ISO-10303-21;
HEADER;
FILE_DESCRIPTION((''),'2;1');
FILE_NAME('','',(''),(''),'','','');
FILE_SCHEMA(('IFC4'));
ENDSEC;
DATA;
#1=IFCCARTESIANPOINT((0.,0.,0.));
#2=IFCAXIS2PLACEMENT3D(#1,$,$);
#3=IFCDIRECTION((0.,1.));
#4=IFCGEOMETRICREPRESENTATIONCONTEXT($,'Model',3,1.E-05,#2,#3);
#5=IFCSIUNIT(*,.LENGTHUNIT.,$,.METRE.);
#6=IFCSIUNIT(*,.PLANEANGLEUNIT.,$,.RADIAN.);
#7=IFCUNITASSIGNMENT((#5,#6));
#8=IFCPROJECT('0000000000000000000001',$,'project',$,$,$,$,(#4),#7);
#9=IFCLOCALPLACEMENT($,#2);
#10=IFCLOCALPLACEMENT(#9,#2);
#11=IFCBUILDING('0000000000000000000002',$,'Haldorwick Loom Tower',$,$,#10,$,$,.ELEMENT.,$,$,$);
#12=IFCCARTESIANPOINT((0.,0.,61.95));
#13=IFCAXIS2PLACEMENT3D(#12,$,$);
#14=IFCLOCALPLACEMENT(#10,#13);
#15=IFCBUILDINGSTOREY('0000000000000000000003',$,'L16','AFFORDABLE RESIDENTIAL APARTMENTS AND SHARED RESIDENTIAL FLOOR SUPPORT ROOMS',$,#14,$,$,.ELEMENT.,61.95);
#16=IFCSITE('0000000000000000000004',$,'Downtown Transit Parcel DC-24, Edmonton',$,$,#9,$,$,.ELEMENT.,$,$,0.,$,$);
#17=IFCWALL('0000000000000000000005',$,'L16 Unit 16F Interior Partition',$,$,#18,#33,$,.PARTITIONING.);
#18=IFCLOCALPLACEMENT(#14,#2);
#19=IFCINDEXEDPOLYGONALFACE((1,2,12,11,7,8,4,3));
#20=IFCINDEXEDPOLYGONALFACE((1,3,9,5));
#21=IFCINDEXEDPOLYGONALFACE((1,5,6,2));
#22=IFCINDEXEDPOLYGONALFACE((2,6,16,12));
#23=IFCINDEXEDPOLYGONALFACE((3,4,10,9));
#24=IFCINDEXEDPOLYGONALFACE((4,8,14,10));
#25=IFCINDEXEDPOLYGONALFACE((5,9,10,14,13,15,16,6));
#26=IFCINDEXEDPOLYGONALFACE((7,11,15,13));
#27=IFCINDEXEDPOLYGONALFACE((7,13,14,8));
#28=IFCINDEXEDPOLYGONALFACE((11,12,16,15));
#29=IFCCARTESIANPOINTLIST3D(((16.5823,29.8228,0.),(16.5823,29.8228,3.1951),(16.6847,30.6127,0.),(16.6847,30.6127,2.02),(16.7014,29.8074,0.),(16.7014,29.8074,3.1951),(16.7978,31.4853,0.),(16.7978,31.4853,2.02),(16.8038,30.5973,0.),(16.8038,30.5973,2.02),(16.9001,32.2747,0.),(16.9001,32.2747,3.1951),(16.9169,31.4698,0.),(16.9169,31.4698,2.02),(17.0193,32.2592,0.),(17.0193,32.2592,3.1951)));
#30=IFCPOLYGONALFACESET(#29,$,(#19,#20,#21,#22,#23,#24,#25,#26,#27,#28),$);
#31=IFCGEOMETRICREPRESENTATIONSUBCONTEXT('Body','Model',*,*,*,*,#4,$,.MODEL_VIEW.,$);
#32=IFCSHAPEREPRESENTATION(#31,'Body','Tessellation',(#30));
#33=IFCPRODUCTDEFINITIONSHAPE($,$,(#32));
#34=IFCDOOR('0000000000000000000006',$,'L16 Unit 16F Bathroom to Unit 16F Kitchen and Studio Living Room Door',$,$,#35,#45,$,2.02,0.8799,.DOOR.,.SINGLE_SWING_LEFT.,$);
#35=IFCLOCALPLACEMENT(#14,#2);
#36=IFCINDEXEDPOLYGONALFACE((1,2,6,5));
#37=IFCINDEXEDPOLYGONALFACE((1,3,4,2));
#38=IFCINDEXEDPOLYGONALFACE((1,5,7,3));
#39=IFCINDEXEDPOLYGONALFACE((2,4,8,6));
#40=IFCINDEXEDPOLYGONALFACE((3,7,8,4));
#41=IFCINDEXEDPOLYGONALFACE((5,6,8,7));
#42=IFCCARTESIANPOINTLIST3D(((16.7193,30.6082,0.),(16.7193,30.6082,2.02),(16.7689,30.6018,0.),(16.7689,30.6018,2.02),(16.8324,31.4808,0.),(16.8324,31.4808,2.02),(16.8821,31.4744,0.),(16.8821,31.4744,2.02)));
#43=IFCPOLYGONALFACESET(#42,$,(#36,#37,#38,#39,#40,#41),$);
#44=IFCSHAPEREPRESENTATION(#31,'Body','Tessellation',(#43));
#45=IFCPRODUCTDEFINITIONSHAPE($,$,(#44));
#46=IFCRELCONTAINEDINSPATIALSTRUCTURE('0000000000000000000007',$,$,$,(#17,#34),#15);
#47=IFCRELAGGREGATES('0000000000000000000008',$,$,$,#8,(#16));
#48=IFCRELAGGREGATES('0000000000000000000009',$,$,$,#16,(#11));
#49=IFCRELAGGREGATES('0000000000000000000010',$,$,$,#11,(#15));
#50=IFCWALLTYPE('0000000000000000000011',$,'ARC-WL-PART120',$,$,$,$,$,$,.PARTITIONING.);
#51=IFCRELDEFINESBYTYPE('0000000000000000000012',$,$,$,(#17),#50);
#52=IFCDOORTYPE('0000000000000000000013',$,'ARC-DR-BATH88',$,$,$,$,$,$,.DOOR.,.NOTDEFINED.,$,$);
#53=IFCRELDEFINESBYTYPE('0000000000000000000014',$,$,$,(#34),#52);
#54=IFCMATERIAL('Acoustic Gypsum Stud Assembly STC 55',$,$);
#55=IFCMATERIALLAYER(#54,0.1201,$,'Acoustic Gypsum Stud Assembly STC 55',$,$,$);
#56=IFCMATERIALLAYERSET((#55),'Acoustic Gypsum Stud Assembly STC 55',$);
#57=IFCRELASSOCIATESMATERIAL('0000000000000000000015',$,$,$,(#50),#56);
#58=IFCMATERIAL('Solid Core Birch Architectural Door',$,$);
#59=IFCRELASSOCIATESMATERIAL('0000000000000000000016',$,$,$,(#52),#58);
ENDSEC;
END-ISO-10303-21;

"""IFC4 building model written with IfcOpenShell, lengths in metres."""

from ifc_helpers import new_model, si_unit, direction, frame, frame_2d, origin, place, context, subcontext, project, spatial, rectangle, extrude, material, layer, layer_set, type_object, element, fill, save


model = new_model("IFC4")

# Units and contexts
model_context = context("Model", 3, precision=1e-05, world=origin(), true_north=direction((0.0, 1.0)))
body_context = subcontext(model_context, "Body", "Model", "MODEL_VIEW")
ifc_project = project(units=[si_unit("LENGTHUNIT", "METRE"), si_unit("PLANEANGLEUNIT", "RADIAN")], contexts=[model_context])

# Site, building, storey
site_placement = place(None, origin())
site = spatial("IfcSite", under=ifc_project, at=site_placement, Name="Downtown Transit Parcel DC-24, Edmonton", CompositionType="ELEMENT", RefElevation=0.0)
building_placement = place(site_placement, origin())
building = spatial("IfcBuilding", under=site, at=building_placement, Name="Haldorwick Loom Tower", CompositionType="ELEMENT")
storey_placement = place(building_placement, frame((0.0, 0.0, 61.95)))
storey = spatial("IfcBuildingStorey", under=building, at=storey_placement, Name="L16", Description="AFFORDABLE RESIDENTIAL APARTMENTS AND SHARED RESIDENTIAL FLOOR SUPPORT ROOMS", CompositionType="ELEMENT", Elevation=61.95)

# Shared definitions
ifc_material_1 = material(Name="Solid Core Birch Architectural Door")

# Wall, opening, door
ifc_material_2 = material(Name="Acoustic Gypsum Stud Assembly STC 55")
ifc_layer_1 = layer(ifc_material_2, 0.1201, Name="Acoustic Gypsum Stud Assembly STC 55")
ifc_layer_set_1 = layer_set([ifc_layer_1], Name="Acoustic Gypsum Stud Assembly STC 55")
wall_type_1 = type_object("IfcWallType", Name="ARC-WL-PART120", PredefinedType="PARTITIONING", material=ifc_layer_set_1)
wall_1_placement = place(storey_placement, frame((16.9597, 32.2671, 0.0), z_axis=(0.0, 0.0, 1.0), x_axis=(-0.128567, -0.991701, 0.0)))
wall_1 = element("IfcWall", 1, at=wall_1_placement, inside=storey, type_object=wall_type_1, Name="L16 Unit 16F Interior Partition", PredefinedType="PARTITIONING", context=body_context, shape_type="SweptSolid", body=[
    extrude(rectangle(XDim=2.4724, YDim=0.1201, at=frame_2d((1.2363, 0.0))), origin(), (0.0, 0.0, 1.0), 3.1951),
])
opening_1_placement = place(wall_1_placement, frame((0.7961, 0.0, 0.0)))
opening_1 = element("IfcOpeningElement", 2, at=opening_1_placement, cuts=wall_1, PredefinedType="OPENING", context=body_context, shape_type="SweptSolid", body=[
    extrude(rectangle(XDim=0.8799, YDim=2.02, at=frame_2d((0.4399, 1.01))), frame((0.0, 0.0701, 0.0), z_axis=(0.0, -1.0, 0.0), x_axis=(1.0, 0.0, 0.0)), (0.0, 0.0, 1.0), 0.1401),
])
door_type_1 = type_object("IfcDoorType", Name="ARC-DR-BATH88", OperationType="NOTDEFINED", PredefinedType="DOOR", material=ifc_material_1)
door_1_placement = place(opening_1_placement, origin())
door_1 = element("IfcDoor", 3, at=door_1_placement, inside=storey, type_object=door_type_1, Name="L16 Unit 16F Bathroom to Unit 16F Kitchen and Studio Living Room Door", OperationType="SINGLE_SWING_LEFT", OverallHeight=2.02, OverallWidth=0.8799, PredefinedType="DOOR", context=body_context, shape_type="SweptSolid", body=[
    extrude(rectangle(XDim=0.8799, YDim=2.02, at=frame_2d((0.4399, 1.01))), frame((0.0, 0.0249, 0.0), z_axis=(0.0, -1.0, 0.0), x_axis=(1.0, 0.0, 0.0)), (0.0, 0.0, 1.0), 0.05),
])
fill(opening_1, door_1)

save(model, "model.ifc")
